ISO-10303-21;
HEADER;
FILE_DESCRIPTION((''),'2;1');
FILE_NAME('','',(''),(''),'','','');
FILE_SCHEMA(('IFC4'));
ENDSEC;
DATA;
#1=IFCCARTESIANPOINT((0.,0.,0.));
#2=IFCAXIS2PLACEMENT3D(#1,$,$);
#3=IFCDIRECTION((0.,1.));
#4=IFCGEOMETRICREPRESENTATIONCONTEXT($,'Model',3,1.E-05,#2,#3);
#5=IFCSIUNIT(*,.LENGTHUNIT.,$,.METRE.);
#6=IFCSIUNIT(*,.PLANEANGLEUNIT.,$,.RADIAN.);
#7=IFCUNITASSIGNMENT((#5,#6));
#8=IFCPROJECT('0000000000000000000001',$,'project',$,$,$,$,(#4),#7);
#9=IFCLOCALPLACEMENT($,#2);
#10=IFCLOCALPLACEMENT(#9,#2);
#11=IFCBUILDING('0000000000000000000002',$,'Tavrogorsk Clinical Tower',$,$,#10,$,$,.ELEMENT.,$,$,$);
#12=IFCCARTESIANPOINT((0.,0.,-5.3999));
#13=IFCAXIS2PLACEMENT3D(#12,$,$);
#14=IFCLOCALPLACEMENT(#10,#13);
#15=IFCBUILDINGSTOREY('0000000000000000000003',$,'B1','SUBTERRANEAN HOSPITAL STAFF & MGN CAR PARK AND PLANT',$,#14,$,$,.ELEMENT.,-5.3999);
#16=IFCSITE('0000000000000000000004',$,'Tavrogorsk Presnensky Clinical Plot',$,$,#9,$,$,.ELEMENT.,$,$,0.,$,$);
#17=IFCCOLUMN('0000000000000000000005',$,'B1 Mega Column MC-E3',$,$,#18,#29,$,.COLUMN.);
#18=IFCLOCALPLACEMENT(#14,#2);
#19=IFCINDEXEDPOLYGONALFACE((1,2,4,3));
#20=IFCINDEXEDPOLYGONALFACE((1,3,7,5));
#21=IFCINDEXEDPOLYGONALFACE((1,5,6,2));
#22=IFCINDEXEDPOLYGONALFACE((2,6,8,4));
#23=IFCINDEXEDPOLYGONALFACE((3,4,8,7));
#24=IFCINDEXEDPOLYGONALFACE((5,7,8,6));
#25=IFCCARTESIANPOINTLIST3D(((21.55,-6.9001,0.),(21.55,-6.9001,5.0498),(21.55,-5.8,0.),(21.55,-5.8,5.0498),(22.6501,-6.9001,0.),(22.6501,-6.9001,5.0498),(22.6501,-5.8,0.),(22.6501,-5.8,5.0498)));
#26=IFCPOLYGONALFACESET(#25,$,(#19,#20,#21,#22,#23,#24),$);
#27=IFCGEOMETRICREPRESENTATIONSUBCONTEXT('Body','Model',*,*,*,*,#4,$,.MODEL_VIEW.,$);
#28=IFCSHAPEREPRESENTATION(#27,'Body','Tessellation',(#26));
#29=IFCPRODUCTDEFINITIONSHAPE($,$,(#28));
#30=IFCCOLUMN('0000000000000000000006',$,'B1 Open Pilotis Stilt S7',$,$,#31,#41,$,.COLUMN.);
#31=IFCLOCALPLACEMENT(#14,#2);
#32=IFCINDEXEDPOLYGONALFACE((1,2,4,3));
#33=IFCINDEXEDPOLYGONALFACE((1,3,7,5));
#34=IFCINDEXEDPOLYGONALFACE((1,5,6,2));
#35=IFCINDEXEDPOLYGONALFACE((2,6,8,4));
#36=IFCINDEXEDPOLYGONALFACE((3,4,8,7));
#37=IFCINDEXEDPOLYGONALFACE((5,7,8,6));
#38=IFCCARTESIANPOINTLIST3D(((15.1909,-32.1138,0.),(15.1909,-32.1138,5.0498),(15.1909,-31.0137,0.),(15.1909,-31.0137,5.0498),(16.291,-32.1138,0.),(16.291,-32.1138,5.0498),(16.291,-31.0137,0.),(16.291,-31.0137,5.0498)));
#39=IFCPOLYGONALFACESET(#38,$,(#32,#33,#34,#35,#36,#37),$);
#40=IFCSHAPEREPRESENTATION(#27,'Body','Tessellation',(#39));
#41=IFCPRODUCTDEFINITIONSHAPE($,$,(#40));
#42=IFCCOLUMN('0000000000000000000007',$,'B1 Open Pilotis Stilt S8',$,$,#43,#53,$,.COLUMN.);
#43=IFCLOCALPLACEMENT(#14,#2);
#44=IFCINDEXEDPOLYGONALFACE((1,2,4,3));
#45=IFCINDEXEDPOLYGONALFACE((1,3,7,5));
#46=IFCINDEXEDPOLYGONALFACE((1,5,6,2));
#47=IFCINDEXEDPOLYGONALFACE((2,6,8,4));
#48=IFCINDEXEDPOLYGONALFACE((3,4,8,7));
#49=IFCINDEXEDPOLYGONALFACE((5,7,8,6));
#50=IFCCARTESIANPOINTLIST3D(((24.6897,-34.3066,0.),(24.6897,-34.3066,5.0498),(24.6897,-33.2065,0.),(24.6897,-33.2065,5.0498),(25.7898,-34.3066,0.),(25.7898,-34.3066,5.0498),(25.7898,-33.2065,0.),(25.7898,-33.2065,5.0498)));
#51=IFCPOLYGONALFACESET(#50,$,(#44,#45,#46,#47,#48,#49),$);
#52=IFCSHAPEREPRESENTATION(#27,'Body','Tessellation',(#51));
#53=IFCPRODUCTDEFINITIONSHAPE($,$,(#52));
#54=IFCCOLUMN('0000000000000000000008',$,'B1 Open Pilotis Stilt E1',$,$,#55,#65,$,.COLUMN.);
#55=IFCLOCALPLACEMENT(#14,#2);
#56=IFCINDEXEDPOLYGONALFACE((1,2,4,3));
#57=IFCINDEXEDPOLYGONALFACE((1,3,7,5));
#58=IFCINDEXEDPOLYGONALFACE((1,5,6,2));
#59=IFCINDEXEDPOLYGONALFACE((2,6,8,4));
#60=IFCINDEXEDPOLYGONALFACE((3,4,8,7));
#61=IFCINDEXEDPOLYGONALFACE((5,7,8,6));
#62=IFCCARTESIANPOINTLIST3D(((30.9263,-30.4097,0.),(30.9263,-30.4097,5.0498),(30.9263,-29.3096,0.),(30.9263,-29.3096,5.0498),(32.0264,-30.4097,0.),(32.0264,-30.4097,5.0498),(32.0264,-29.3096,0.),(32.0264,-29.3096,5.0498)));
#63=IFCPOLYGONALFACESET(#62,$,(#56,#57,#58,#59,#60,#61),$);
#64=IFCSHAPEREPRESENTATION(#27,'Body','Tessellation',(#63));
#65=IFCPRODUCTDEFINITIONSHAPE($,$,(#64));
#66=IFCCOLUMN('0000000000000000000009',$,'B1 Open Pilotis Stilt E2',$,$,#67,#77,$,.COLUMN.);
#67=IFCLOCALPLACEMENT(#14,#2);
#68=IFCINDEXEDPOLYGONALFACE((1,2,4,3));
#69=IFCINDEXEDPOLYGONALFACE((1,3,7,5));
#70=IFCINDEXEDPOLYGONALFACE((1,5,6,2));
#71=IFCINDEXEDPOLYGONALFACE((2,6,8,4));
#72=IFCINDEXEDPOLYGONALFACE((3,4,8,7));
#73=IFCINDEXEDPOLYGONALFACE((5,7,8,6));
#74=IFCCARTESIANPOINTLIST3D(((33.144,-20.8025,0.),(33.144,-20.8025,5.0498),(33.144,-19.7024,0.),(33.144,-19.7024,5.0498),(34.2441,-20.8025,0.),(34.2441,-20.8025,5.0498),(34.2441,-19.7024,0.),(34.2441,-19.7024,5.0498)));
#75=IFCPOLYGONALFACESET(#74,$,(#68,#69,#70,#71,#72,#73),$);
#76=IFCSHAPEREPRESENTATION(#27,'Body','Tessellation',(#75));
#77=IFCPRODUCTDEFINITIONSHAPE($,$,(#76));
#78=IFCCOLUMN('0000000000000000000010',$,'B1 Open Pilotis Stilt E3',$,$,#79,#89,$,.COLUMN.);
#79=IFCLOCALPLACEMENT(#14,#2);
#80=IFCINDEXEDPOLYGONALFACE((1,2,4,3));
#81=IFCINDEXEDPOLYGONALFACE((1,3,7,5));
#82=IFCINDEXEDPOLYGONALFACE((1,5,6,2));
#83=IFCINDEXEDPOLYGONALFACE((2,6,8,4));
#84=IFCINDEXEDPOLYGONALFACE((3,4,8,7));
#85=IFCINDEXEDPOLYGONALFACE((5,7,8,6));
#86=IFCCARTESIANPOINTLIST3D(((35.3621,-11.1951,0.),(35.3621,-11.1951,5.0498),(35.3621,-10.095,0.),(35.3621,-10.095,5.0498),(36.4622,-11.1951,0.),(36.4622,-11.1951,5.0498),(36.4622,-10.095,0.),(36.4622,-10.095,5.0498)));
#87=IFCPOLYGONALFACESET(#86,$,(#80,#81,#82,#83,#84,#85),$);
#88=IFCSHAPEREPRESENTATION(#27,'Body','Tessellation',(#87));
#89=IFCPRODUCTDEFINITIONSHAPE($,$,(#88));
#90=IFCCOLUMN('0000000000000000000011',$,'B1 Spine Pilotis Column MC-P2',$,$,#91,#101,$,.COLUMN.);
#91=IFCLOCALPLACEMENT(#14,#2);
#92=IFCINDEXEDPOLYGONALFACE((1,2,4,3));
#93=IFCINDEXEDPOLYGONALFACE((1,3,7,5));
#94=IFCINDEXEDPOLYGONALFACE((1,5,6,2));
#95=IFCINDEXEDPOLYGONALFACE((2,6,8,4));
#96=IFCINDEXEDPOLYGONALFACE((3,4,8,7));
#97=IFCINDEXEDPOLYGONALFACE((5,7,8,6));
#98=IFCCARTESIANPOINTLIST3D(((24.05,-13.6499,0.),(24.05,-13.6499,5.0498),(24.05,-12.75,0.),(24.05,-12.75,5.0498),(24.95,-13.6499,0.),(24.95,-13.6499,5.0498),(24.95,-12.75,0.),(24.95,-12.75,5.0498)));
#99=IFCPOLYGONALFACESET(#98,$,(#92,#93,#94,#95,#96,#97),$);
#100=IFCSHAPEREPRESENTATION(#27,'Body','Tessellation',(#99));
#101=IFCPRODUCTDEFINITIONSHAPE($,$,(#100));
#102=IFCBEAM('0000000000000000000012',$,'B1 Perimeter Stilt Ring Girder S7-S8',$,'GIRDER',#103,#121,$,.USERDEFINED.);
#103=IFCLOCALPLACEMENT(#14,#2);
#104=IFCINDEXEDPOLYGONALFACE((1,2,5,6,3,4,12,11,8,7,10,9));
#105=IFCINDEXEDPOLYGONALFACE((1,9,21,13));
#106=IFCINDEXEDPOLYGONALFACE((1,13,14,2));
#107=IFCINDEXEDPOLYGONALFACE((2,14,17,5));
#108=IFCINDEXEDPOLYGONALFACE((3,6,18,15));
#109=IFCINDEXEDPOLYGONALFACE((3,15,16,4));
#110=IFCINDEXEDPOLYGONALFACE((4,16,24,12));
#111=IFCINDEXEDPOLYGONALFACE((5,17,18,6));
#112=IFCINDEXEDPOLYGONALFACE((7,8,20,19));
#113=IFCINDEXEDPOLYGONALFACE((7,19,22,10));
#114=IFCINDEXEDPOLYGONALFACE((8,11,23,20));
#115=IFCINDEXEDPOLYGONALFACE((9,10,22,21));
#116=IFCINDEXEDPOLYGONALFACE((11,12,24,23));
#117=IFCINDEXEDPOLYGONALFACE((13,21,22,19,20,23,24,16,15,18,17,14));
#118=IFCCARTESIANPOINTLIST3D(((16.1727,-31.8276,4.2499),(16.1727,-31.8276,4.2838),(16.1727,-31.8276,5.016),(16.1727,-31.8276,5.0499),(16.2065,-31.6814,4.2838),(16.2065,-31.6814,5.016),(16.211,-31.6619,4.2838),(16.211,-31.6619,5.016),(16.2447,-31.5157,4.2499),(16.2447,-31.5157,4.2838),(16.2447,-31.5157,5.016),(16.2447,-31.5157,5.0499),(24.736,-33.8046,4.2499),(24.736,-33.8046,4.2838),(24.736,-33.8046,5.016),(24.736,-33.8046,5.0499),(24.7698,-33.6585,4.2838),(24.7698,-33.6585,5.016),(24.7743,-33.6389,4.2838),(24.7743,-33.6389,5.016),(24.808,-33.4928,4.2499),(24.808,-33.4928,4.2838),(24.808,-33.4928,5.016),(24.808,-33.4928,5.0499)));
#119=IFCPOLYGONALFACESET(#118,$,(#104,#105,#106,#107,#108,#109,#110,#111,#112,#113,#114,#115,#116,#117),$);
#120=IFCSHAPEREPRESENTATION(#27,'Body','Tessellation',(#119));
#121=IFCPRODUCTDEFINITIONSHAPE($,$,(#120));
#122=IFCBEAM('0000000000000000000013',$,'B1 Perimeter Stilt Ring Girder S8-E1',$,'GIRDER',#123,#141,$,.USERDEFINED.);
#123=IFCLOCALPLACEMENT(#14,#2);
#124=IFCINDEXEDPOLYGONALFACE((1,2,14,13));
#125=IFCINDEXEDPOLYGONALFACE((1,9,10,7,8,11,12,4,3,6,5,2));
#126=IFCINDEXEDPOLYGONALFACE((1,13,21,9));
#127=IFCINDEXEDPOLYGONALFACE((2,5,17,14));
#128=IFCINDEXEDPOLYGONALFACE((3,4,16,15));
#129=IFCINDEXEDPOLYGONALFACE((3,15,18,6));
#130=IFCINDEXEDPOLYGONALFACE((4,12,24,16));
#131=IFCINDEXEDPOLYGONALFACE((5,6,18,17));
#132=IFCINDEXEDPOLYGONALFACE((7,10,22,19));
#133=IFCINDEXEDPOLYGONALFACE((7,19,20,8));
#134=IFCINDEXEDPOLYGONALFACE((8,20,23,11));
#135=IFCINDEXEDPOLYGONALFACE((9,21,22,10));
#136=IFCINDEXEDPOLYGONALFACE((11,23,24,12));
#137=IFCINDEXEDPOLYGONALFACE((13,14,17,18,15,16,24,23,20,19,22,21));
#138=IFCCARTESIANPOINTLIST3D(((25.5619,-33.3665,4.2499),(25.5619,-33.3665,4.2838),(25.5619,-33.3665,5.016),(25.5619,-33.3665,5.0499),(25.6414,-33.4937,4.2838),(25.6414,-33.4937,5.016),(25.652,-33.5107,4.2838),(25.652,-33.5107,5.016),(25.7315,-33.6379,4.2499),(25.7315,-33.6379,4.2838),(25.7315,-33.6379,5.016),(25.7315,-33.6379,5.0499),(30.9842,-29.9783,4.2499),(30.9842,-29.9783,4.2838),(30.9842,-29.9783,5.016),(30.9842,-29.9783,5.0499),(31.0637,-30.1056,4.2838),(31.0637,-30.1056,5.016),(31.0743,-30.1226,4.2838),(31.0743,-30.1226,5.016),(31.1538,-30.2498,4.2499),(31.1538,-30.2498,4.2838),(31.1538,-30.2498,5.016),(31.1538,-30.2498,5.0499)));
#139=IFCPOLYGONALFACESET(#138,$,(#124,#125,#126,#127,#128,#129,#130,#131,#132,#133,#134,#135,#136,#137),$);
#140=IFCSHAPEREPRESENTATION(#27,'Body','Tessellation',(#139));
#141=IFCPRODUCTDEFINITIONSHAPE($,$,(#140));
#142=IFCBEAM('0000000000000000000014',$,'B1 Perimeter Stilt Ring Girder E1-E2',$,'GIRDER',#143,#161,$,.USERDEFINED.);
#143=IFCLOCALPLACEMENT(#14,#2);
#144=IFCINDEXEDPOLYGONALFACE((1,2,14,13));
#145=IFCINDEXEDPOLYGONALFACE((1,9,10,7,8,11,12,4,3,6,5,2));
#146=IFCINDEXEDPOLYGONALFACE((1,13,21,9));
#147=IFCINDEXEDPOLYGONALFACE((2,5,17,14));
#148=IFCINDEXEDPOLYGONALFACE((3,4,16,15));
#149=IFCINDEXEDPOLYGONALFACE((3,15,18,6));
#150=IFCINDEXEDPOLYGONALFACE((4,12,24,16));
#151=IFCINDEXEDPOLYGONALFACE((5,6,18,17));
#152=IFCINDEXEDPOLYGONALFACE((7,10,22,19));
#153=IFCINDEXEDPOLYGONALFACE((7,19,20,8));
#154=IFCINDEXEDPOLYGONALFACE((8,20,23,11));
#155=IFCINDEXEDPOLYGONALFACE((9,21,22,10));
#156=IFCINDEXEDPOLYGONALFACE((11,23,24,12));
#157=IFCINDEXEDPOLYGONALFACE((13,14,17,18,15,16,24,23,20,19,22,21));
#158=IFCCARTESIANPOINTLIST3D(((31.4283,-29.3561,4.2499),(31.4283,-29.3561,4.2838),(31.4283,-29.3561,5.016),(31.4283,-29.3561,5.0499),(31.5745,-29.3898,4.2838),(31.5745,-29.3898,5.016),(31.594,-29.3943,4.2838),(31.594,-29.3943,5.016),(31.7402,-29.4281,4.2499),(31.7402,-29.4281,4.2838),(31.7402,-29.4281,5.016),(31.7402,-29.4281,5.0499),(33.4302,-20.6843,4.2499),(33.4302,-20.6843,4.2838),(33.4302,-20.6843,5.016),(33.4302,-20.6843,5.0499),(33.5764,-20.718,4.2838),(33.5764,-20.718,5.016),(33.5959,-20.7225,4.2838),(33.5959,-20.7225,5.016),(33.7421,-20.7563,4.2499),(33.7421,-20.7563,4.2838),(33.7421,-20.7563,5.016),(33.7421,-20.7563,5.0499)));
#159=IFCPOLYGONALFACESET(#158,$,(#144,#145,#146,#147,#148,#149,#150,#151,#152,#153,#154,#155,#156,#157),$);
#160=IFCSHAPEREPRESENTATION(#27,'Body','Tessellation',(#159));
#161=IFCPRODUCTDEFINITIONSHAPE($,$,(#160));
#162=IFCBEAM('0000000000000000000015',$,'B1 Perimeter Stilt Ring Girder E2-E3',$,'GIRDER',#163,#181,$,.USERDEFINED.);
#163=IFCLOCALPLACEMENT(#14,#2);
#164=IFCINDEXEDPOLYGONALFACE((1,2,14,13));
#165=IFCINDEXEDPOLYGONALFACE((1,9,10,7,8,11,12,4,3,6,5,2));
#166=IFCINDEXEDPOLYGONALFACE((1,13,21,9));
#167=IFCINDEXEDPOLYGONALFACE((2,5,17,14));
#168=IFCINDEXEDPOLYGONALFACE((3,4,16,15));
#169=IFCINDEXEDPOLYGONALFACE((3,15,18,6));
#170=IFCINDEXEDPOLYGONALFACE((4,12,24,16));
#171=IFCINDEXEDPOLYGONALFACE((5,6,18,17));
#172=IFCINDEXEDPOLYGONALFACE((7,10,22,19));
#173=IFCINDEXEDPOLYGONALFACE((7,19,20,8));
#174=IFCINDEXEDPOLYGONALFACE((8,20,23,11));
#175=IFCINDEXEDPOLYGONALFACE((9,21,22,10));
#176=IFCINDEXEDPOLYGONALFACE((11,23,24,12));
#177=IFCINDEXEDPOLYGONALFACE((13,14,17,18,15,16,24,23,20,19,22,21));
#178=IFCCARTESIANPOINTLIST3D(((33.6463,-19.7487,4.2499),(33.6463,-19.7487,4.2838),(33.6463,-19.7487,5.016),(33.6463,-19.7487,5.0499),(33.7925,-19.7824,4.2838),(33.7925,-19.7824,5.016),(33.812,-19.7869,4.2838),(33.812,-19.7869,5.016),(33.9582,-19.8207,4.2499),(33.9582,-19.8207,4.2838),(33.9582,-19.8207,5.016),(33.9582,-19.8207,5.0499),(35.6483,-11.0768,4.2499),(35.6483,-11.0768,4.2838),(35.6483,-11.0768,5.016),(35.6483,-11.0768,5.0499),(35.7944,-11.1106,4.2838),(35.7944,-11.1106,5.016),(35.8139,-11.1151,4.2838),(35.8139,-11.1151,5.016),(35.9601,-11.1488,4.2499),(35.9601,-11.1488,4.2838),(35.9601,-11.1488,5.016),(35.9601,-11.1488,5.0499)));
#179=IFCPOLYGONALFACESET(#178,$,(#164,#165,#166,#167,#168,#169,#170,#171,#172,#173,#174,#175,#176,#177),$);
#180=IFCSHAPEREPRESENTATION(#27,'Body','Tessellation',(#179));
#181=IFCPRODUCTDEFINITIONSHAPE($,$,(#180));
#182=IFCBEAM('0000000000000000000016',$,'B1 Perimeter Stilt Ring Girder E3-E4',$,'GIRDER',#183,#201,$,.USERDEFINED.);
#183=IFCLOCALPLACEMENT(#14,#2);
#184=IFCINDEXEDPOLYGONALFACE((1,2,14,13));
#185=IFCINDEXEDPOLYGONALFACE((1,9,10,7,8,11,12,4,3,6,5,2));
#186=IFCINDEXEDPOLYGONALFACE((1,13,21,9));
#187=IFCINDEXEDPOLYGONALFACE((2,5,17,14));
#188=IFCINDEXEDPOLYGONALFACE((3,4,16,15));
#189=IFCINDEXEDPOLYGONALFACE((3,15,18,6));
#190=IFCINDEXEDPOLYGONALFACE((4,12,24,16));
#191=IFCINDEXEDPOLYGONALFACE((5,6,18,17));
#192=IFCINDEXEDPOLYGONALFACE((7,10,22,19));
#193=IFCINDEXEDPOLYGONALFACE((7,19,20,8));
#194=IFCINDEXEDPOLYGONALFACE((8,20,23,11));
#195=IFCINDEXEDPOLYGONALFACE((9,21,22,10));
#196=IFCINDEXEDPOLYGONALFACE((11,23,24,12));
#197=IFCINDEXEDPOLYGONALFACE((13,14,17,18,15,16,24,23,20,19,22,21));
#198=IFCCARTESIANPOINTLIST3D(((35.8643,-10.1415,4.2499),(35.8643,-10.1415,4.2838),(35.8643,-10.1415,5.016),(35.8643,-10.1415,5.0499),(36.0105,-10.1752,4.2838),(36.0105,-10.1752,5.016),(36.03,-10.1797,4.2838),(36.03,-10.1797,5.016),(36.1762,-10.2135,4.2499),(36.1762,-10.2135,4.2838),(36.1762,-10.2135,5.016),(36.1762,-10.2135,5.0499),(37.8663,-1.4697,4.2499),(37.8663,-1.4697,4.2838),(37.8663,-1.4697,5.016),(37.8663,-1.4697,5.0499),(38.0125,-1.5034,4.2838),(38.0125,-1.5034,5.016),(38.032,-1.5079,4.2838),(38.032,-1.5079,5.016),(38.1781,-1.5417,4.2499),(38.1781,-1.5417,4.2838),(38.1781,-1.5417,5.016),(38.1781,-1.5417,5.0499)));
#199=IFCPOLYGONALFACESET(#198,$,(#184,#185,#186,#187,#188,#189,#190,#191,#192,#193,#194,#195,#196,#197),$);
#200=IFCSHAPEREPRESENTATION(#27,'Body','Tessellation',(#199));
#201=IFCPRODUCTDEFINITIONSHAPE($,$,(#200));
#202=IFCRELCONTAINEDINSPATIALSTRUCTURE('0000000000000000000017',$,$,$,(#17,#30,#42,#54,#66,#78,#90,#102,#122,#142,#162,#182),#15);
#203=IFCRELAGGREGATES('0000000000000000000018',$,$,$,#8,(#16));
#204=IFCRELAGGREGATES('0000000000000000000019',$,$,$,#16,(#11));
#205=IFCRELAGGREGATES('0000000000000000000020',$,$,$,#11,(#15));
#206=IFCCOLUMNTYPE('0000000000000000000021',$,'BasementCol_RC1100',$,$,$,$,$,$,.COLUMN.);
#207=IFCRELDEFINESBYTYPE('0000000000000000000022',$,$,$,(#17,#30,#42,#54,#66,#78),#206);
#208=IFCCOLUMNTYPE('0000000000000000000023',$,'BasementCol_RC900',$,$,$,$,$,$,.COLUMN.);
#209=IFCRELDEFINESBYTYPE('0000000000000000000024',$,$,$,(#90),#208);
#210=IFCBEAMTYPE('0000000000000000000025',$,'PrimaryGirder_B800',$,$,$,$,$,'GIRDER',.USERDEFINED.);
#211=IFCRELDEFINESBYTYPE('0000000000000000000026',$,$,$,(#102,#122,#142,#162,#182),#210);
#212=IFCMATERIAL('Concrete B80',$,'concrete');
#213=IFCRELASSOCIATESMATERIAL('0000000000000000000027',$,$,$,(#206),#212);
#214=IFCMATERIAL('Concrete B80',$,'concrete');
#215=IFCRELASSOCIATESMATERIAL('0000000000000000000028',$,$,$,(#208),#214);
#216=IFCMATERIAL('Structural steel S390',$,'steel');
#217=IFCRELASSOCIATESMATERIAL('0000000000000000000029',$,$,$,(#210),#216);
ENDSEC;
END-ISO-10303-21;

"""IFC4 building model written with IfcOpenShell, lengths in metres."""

from ifc_helpers import new_model, si_unit, direction, frame, origin, origin_2d, place, context, subcontext, project, spatial, rectangle, i_section, extrude, material, material_profile, profile_set, type_object, element, save


model = new_model("IFC4")

# Units and contexts
model_context = context("Model", 3, precision=1e-05, world=origin(), true_north=direction((0.0, 1.0)))
body_context = subcontext(model_context, "Body", "Model", "MODEL_VIEW")
ifc_project = project(units=[si_unit("LENGTHUNIT", "METRE"), si_unit("PLANEANGLEUNIT", "RADIAN")], contexts=[model_context])

# Site, building, storey
site_placement = place(None, origin())
site = spatial("IfcSite", under=ifc_project, at=site_placement, Name="Tavrogorsk Presnensky Clinical Plot", CompositionType="ELEMENT", RefElevation=0.0)
building_placement = place(site_placement, origin())
building = spatial("IfcBuilding", under=site, at=building_placement, Name="Tavrogorsk Clinical Tower", CompositionType="ELEMENT")
storey_placement = place(building_placement, frame((0.0, 0.0, -5.3999)))
storey = spatial("IfcBuildingStorey", under=building, at=storey_placement, Name="B1", Description="SUBTERRANEAN HOSPITAL STAFF & MGN CAR PARK AND PLANT", CompositionType="ELEMENT", Elevation=-5.3999)

# Columns
ifc_material_1 = material(Name="Concrete B80", Category="concrete")
ifc_material_profile_1 = material_profile(ifc_material_1, rectangle(XDim=1.1001, YDim=1.1001, at=origin_2d()), Name="RC-COL-1100x1100")
ifc_profile_set_1 = profile_set([ifc_material_profile_1], Name="Concrete B80")
column_type_1 = type_object("IfcColumnType", Name="BasementCol_RC1100", PredefinedType="COLUMN", material=ifc_profile_set_1)
for number, where, z_axis, x_axis, name in (
    (1, (22.1001, -6.3501, 0.0), (0.0, 0.0, 1.0), (1.0, 0.0, 0.0), "B1 Mega Column MC-E3"),
    (2, (15.741, -31.5637, 0.0), (0.0, 0.0, 1.0), (1.0, 0.0, 0.0), "B1 Open Pilotis Stilt S7"),
    (3, (25.2397, -33.7566, 0.0), (0.0, 0.0, 1.0), (1.0, 0.0, 0.0), "B1 Open Pilotis Stilt S8"),
    (4, (31.4763, -29.8596, 0.0), (0.0, 0.0, 1.0), (1.0, 0.0, 0.0), "B1 Open Pilotis Stilt E1"),
    (5, (33.6941, -20.2524, 0.0), (0.0, 0.0, 1.0), (1.0, 0.0, 0.0), "B1 Open Pilotis Stilt E2"),
    (6, (35.9121, -10.645, 0.0), (0.0, 0.0, 1.0), (1.0, 0.0, 0.0), "B1 Open Pilotis Stilt E3"),
):
    element("IfcColumn", number, at=place(storey_placement, frame(where, z_axis=z_axis, x_axis=x_axis)), inside=storey, type_object=column_type_1, Name=name, PredefinedType="COLUMN", context=body_context, shape_type="SweptSolid", body=[
        extrude(rectangle(XDim=1.1001, YDim=1.1001, at=origin_2d()), origin(), (0.0, 0.0, 1.0), 5.0498),
    ])
ifc_material_2 = material(Name="Concrete B80", Category="concrete")
ifc_material_profile_2 = material_profile(ifc_material_2, rectangle(XDim=0.8999, YDim=0.8999, at=origin_2d()), Name="RC-COL-900x900")
ifc_profile_set_2 = profile_set([ifc_material_profile_2], Name="Concrete B80")
column_type_2 = type_object("IfcColumnType", Name="BasementCol_RC900", PredefinedType="COLUMN", material=ifc_profile_set_2)
column_placement = place(storey_placement, frame((24.5, -13.2, 0.0), z_axis=(0.0, 0.0, 1.0), x_axis=(1.0, 0.0, 0.0)))
element("IfcColumn", 7, at=column_placement, inside=storey, type_object=column_type_2, Name="B1 Spine Pilotis Column MC-P2", PredefinedType="COLUMN", context=body_context, shape_type="SweptSolid", body=[
    extrude(rectangle(XDim=0.8999, YDim=0.8999, at=origin_2d()), origin(), (0.0, 0.0, 1.0), 5.0498),
])

# Beams
ifc_material_3 = material(Name="Structural steel S390", Category="steel")
ifc_material_profile_3 = material_profile(ifc_material_3, i_section(OverallWidth=0.3201, OverallDepth=0.8, WebThickness=0.02, FlangeThickness=0.0339, at=origin_2d()), Name="B-800x320x20x34")
ifc_profile_set_3 = profile_set([ifc_material_profile_3], Name="Structural steel S390")
beam_type_1 = type_object("IfcBeamType", Name="PrimaryGirder_B800", ElementType="GIRDER", PredefinedType="USERDEFINED", material=ifc_profile_set_3)
beam_1_placement = place(storey_placement, frame((16.2087, -31.6716, 4.6499), z_axis=(0.974368, -0.224959, 0.0), x_axis=(0.224959, 0.974368, 0.0)))
element("IfcBeam", 8, at=beam_1_placement, inside=storey, type_object=beam_type_1, Name="B1 Perimeter Stilt Ring Girder S7-S8", ObjectType="GIRDER", PredefinedType="USERDEFINED", context=body_context, shape_type="SweptSolid", body=[
    extrude(i_section(OverallWidth=0.3201, OverallDepth=0.8, WebThickness=0.02, FlangeThickness=0.0339, at=origin_2d()), origin(), (0.0, 0.0, 1.0), 8.7886),
])
beam_2_placement = place(storey_placement, frame((25.6467, -33.5022, 4.6499), z_axis=(0.848054, 0.52991, 0.0), x_axis=(-0.52991, 0.848054, 0.0)))
element("IfcBeam", 9, at=beam_2_placement, inside=storey, type_object=beam_type_1, Name="B1 Perimeter Stilt Ring Girder S8-E1", ObjectType="GIRDER", PredefinedType="USERDEFINED", context=body_context, shape_type="SweptSolid", body=[
    extrude(i_section(OverallWidth=0.3201, OverallDepth=0.8, WebThickness=0.02, FlangeThickness=0.0339, at=origin_2d()), origin(), (0.0, 0.0, 1.0), 6.3938),
])
for number, where, z_axis, x_axis, name in (
    (10, (31.5842, -29.3921, 4.6499), (0.22494, 0.974373, 0.0), (-0.974373, 0.22494, 0.0), "B1 Perimeter Stilt Ring Girder E1-E2"),
    (11, (33.8022, -19.7847, 4.6499), (0.22494, 0.974373, 0.0), (-0.974373, 0.22494, 0.0), "B1 Perimeter Stilt Ring Girder E2-E3"),
    (12, (36.0203, -10.1775, 4.6499), (0.22494, 0.974373, 0.0), (-0.974373, 0.22494, 0.0), "B1 Perimeter Stilt Ring Girder E3-E4"),
):
    element("IfcBeam", number, at=place(storey_placement, frame(where, z_axis=z_axis, x_axis=x_axis)), inside=storey, type_object=beam_type_1, Name=name, ObjectType="GIRDER", PredefinedType="USERDEFINED", context=body_context, shape_type="SweptSolid", body=[
        extrude(i_section(OverallWidth=0.3201, OverallDepth=0.8, WebThickness=0.02, FlangeThickness=0.0339, at=origin_2d()), origin(), (0.0, 0.0, 1.0), 8.8999),
    ])

save(model, "model.ifc")
